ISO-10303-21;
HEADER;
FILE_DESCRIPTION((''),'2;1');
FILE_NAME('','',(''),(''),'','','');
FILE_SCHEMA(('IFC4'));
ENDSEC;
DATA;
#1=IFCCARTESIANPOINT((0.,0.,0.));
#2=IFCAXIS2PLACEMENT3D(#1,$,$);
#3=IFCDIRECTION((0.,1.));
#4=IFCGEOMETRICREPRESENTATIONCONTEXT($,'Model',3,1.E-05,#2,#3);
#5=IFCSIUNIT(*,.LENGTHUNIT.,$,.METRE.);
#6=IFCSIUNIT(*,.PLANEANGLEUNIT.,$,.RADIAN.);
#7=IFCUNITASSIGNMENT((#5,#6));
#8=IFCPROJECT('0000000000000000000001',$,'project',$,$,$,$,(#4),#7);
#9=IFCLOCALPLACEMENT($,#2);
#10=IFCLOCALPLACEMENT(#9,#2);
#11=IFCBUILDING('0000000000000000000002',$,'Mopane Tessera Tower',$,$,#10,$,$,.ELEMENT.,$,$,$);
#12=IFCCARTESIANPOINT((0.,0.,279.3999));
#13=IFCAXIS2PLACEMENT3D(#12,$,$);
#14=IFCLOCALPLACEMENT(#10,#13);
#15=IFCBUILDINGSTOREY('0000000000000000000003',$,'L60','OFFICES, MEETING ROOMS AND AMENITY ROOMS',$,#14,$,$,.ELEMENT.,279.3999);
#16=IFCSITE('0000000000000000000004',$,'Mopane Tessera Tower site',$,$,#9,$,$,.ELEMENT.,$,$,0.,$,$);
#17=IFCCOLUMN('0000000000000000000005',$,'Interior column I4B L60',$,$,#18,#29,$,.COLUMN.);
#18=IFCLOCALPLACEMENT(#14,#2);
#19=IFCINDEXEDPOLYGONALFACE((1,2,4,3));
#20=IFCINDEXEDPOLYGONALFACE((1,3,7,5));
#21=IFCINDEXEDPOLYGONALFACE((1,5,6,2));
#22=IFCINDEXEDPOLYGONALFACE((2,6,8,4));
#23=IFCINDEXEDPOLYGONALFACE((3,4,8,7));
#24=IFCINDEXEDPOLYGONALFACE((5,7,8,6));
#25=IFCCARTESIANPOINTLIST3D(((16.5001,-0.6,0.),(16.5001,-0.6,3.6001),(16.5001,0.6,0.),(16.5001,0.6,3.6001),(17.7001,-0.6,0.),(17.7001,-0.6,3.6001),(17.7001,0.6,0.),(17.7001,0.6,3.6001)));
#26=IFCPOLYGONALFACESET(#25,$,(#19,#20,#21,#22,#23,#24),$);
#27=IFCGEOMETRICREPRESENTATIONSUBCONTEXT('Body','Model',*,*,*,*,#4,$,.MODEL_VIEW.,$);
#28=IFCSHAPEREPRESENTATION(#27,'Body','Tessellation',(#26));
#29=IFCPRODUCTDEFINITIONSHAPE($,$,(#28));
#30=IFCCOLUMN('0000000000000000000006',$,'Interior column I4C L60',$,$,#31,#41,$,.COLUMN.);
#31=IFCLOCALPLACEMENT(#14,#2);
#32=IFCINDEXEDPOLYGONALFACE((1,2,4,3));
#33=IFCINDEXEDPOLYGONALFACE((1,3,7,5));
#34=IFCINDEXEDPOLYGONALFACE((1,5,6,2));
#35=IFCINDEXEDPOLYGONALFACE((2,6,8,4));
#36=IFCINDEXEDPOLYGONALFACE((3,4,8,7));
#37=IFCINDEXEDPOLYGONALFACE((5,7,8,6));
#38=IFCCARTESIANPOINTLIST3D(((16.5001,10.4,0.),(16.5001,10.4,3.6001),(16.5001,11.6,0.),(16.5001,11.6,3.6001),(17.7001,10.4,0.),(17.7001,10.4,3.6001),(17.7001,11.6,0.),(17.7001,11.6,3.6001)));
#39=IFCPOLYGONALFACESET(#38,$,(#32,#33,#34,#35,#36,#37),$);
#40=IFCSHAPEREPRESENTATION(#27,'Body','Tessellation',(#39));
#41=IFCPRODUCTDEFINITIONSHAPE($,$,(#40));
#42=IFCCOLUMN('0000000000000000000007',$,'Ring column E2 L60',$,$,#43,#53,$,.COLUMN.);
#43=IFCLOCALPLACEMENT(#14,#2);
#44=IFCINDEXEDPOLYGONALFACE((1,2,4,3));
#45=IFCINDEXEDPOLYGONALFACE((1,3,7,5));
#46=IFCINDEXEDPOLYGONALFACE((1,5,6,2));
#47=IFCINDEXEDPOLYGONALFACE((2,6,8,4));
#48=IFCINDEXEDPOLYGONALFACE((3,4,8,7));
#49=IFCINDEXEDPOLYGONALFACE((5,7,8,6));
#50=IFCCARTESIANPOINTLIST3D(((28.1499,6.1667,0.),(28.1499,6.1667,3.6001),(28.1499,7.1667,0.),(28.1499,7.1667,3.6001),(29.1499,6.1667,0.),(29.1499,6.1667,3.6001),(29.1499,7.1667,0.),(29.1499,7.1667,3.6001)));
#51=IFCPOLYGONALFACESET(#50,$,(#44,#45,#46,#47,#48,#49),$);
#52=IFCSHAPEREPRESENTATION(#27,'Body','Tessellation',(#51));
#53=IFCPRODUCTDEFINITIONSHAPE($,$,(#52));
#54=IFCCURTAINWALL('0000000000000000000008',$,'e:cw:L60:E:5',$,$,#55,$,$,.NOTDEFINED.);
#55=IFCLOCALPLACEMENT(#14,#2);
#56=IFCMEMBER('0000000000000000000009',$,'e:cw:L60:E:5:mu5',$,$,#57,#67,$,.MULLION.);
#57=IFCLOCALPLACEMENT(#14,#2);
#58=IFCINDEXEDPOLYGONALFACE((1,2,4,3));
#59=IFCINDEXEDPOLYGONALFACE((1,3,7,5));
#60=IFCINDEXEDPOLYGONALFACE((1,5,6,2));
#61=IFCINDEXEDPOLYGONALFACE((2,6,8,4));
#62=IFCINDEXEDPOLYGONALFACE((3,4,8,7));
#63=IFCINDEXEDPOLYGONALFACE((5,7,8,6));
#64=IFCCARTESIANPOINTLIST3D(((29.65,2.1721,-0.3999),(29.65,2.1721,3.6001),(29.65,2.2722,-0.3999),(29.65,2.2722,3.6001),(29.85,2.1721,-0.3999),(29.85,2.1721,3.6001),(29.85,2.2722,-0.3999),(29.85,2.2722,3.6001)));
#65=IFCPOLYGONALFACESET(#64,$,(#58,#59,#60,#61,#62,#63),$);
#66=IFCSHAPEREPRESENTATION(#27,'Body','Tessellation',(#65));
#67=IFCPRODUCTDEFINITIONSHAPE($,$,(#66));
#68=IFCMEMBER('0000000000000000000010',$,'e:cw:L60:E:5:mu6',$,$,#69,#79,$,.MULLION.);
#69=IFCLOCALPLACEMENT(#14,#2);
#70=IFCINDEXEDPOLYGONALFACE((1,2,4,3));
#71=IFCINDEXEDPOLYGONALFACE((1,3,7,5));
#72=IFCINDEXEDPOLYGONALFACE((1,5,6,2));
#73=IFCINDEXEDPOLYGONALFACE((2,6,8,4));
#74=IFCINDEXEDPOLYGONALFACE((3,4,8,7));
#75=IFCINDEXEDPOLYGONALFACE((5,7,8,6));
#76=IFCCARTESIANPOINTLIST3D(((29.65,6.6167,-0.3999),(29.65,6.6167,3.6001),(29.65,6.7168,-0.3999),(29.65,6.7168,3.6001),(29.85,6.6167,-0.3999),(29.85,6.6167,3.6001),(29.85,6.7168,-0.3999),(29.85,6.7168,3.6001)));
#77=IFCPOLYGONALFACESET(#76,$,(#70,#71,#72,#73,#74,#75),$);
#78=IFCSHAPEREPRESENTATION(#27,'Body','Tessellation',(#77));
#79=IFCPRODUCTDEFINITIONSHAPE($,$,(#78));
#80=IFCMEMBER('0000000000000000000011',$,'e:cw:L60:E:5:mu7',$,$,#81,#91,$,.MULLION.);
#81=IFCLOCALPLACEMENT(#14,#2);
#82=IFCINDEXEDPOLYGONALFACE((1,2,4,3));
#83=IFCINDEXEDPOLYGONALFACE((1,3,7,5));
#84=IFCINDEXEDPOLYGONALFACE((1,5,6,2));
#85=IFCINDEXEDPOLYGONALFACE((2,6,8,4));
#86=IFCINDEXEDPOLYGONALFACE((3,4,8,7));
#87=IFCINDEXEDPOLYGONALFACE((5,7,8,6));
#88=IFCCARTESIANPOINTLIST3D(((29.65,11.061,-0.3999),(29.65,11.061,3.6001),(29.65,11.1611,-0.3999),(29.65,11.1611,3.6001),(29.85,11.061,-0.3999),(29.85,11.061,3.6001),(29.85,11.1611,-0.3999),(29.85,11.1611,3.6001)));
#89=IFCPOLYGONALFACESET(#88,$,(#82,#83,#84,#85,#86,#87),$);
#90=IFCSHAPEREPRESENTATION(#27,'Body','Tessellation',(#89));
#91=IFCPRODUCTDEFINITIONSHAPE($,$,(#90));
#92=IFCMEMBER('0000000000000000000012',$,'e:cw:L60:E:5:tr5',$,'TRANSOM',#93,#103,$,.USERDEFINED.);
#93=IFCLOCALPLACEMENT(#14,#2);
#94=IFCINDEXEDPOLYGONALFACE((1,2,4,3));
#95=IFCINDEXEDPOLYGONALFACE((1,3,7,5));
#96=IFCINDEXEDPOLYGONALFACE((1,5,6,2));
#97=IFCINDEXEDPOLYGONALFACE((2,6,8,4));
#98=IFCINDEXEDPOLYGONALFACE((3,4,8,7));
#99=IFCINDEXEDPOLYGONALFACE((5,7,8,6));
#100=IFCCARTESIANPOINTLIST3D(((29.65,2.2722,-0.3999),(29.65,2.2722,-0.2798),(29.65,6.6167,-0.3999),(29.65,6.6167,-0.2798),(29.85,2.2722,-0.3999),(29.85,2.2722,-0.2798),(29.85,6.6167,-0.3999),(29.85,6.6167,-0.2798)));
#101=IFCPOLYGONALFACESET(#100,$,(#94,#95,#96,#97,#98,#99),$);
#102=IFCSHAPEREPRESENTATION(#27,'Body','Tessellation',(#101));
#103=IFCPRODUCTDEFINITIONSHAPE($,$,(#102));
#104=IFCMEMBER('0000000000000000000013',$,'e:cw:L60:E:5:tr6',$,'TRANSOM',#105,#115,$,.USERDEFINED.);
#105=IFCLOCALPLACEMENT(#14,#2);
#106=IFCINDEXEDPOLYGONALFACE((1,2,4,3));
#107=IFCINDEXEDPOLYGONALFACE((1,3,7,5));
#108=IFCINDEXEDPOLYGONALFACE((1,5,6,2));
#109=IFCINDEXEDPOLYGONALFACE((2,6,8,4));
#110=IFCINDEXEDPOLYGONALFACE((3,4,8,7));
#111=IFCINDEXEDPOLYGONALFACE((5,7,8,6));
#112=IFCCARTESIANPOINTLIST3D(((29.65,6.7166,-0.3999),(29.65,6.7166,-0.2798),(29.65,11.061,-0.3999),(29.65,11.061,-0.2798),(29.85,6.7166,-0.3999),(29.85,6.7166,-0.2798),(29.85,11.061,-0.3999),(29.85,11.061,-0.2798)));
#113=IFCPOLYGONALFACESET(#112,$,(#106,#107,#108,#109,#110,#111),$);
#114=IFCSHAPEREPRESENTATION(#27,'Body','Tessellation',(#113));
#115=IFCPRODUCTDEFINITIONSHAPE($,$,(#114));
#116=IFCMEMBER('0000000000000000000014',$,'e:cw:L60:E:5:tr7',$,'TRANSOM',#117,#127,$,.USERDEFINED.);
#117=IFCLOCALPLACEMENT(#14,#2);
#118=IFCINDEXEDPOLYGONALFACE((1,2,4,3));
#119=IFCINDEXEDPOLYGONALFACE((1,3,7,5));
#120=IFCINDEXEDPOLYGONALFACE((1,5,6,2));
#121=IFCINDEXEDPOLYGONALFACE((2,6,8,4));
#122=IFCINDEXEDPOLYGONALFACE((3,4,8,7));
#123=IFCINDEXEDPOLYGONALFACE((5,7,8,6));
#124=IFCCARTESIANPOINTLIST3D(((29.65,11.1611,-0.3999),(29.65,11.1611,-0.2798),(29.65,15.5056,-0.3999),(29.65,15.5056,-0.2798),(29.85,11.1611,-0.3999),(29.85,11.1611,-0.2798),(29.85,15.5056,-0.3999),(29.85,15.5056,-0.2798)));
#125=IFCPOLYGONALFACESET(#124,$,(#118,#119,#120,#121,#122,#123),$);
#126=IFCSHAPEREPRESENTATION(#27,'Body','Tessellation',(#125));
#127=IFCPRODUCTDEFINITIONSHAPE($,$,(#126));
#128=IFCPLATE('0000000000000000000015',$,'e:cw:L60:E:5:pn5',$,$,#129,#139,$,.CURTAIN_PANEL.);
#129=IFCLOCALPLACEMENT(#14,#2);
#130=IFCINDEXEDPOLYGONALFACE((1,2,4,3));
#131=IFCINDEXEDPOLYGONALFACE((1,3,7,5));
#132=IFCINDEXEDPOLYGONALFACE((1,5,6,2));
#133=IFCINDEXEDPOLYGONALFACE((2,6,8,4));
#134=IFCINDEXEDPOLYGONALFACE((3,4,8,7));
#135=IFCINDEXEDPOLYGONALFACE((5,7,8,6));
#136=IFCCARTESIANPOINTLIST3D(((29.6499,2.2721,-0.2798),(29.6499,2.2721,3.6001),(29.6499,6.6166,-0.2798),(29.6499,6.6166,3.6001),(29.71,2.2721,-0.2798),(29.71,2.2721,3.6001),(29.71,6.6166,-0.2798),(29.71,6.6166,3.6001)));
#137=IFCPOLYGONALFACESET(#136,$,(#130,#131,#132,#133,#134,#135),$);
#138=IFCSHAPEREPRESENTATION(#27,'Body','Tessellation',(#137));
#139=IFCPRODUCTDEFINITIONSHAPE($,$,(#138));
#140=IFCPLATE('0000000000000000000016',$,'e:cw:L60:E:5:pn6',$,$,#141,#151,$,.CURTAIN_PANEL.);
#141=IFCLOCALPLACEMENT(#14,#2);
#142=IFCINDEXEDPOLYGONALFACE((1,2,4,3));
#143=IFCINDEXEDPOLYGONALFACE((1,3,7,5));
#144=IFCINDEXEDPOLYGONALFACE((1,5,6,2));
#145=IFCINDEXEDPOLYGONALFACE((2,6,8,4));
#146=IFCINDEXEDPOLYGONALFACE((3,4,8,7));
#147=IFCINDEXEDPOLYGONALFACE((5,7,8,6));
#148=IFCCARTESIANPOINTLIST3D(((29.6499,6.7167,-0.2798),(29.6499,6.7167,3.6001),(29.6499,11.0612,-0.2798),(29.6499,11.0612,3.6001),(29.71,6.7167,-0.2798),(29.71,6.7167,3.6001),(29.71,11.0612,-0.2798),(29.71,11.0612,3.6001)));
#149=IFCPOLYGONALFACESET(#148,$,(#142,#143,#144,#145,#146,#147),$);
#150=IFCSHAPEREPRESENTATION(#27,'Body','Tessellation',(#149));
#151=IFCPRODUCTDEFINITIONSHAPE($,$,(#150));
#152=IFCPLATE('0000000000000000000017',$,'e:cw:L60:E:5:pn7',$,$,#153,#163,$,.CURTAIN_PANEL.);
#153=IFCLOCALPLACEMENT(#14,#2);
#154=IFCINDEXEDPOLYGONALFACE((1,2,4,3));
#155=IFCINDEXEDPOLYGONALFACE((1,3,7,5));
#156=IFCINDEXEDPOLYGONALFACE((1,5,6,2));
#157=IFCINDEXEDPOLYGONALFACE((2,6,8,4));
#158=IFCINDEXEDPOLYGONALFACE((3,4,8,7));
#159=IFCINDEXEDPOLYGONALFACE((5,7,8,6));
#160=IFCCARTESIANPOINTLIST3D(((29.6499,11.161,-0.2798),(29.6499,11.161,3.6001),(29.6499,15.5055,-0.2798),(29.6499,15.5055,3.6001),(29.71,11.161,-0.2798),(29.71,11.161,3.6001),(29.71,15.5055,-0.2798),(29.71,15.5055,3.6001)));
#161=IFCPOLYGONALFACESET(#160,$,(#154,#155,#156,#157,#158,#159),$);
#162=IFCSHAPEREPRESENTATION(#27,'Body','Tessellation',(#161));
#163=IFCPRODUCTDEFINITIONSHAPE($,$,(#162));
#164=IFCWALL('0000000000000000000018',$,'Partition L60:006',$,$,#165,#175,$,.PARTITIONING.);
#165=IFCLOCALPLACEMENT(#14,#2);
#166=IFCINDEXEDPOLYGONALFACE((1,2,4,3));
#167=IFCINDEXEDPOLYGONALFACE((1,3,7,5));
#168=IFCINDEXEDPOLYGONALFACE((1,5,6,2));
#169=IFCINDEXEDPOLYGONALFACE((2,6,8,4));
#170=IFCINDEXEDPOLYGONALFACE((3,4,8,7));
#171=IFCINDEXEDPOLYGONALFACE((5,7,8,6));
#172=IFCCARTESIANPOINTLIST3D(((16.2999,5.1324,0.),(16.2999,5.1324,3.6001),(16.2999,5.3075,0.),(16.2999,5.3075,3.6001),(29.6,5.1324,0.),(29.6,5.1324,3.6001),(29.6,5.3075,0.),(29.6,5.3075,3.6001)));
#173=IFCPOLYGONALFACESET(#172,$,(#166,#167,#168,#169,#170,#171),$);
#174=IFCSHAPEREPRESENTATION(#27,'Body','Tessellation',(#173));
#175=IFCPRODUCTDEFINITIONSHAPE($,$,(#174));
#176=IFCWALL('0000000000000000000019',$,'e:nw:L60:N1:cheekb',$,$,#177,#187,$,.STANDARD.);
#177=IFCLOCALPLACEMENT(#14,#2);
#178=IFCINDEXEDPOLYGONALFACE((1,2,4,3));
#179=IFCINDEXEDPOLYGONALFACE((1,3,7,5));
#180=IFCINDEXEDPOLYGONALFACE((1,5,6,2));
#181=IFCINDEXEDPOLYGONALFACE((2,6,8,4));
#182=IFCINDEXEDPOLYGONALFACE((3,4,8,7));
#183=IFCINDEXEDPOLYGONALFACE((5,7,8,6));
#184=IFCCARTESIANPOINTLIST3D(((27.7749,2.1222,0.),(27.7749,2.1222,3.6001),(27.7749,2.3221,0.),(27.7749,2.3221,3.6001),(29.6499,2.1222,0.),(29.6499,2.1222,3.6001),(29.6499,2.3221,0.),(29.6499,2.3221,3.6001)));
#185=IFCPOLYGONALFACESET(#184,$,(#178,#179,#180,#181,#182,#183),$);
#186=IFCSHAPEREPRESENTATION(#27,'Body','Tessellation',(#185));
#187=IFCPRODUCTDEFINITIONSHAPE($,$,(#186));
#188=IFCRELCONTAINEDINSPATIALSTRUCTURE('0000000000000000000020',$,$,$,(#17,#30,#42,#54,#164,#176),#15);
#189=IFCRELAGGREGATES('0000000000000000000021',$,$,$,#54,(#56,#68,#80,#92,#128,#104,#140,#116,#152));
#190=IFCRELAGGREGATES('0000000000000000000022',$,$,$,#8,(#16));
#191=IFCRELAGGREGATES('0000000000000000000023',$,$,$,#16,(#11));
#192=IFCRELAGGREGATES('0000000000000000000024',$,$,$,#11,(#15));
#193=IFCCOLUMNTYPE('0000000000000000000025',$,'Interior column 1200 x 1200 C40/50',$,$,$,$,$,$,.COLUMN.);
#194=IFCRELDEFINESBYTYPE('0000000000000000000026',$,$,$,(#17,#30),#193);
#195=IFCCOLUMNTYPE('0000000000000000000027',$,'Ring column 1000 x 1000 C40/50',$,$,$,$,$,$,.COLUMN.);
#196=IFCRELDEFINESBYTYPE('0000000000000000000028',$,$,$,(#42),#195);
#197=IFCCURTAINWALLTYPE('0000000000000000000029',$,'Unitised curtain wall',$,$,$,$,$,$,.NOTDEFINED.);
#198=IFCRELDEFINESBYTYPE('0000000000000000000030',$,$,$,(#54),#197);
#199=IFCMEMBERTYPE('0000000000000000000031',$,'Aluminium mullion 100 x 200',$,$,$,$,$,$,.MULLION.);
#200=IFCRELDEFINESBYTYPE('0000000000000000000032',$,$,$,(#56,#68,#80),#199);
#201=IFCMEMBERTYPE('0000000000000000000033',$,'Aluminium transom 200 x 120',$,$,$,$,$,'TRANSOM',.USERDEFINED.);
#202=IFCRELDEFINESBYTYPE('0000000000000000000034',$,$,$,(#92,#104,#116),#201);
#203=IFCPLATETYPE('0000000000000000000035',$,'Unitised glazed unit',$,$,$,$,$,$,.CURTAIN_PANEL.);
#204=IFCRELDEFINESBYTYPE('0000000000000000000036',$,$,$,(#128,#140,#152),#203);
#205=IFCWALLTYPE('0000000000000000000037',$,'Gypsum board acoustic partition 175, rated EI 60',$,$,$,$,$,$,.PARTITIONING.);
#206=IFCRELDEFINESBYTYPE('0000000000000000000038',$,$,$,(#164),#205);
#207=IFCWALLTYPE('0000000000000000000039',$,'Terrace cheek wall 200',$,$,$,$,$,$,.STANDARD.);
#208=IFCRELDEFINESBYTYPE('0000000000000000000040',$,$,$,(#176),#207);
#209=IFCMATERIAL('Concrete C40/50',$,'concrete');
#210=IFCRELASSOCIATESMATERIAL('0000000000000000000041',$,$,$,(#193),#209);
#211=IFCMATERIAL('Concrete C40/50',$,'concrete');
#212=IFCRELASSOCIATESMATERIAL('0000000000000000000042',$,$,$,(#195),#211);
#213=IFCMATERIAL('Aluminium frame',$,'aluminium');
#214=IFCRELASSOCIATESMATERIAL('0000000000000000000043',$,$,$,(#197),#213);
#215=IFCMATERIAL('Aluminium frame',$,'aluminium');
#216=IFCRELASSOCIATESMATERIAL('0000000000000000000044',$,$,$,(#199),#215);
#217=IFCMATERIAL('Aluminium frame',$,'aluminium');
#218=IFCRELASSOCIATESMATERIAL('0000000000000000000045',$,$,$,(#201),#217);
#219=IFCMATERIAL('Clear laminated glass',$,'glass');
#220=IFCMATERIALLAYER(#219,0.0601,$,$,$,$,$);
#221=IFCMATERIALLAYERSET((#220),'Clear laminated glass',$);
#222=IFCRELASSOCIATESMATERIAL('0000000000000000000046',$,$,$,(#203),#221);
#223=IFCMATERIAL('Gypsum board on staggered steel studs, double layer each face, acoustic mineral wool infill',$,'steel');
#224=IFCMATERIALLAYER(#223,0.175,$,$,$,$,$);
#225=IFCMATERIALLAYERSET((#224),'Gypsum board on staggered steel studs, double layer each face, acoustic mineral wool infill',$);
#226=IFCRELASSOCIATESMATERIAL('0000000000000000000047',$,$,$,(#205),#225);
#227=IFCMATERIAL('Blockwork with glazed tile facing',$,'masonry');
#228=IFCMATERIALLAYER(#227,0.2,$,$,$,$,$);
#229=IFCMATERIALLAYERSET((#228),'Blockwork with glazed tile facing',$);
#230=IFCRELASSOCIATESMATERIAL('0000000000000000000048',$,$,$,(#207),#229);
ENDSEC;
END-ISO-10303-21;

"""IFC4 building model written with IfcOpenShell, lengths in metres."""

from ifc_helpers import new_model, si_unit, direction, frame, frame_2d, origin, origin_2d, place, context, subcontext, project, spatial, rectangle, extrude, material, layer, layer_set, material_profile, profile_set, type_object, element, aggregate, save


model = new_model("IFC4")

# Units and contexts
model_context = context("Model", 3, precision=1e-05, world=origin(), true_north=direction((0.0, 1.0)))
body_context = subcontext(model_context, "Body", "Model", "MODEL_VIEW")
ifc_project = project(units=[si_unit("LENGTHUNIT", "METRE"), si_unit("PLANEANGLEUNIT", "RADIAN")], contexts=[model_context])

# Site, building, storey
site_placement = place(None, origin())
site = spatial("IfcSite", under=ifc_project, at=site_placement, Name="Mopane Tessera Tower site", CompositionType="ELEMENT", RefElevation=0.0)
building_placement = place(site_placement, origin())
building = spatial("IfcBuilding", under=site, at=building_placement, Name="Mopane Tessera Tower", CompositionType="ELEMENT")
storey_placement = place(building_placement, frame((0.0, 0.0, 279.3999)))
storey = spatial("IfcBuildingStorey", under=building, at=storey_placement, Name="L60", Description="OFFICES, MEETING ROOMS AND AMENITY ROOMS", CompositionType="ELEMENT", Elevation=279.3999)

# Columns
ifc_material_1 = material(Name="Concrete C40/50", Category="concrete")
ifc_material_profile_1 = material_profile(ifc_material_1, rectangle(XDim=1.2, YDim=1.2, at=origin_2d()))
ifc_profile_set_1 = profile_set([ifc_material_profile_1], Name="Concrete C40/50")
column_type_1 = type_object("IfcColumnType", Name="Interior column 1200 x 1200 C40/50", PredefinedType="COLUMN", material=ifc_profile_set_1)
for number, where, z_axis, x_axis, name in (
    (1, (17.1001, 0.0, 0.0), (0.0, 0.0, 1.0), (1.0, 0.0, 0.0), "Interior column I4B L60"),
    (2, (17.1001, 11.0, 0.0), (0.0, 0.0, 1.0), (1.0, 0.0, 0.0), "Interior column I4C L60"),
):
    element("IfcColumn", number, at=place(storey_placement, frame(where, z_axis=z_axis, x_axis=x_axis)), inside=storey, type_object=column_type_1, Name=name, PredefinedType="COLUMN", context=body_context, shape_type="SweptSolid", body=[
        extrude(rectangle(XDim=1.2, YDim=1.2, at=origin_2d()), origin(), (0.0, 0.0, 1.0), 3.6001),
    ])
ifc_material_2 = material(Name="Concrete C40/50", Category="concrete")
ifc_material_profile_2 = material_profile(ifc_material_2, rectangle(XDim=1.0, YDim=1.0, at=origin_2d()))
ifc_profile_set_2 = profile_set([ifc_material_profile_2], Name="Concrete C40/50")
column_type_2 = type_object("IfcColumnType", Name="Ring column 1000 x 1000 C40/50", PredefinedType="COLUMN", material=ifc_profile_set_2)
column_placement = place(storey_placement, frame((28.6499, 6.6667, 0.0), z_axis=(0.0, 0.0, 1.0), x_axis=(1.0, 0.0, 0.0)))
element("IfcColumn", 3, at=column_placement, inside=storey, type_object=column_type_2, Name="Ring column E2 L60", PredefinedType="COLUMN", context=body_context, shape_type="SweptSolid", body=[
    extrude(rectangle(XDim=1.0, YDim=1.0, at=origin_2d()), origin(), (0.0, 0.0, 1.0), 3.6001),
])

# Curtain wall, members, plates
ifc_material_3 = material(Name="Aluminium frame", Category="aluminium")
curtain_wall_type = type_object("IfcCurtainWallType", Name="Unitised curtain wall", PredefinedType="NOTDEFINED", material=ifc_material_3)
curtain_wall_placement = place(storey_placement, origin())
curtain_wall = element("IfcCurtainWall", 4, at=curtain_wall_placement, inside=storey, type_object=curtain_wall_type, Name="e:cw:L60:E:5", PredefinedType="NOTDEFINED")
ifc_material_4 = material(Name="Aluminium frame", Category="aluminium")
ifc_material_profile_3 = material_profile(ifc_material_4, rectangle(XDim=0.1001, YDim=0.2, at=origin_2d()))
ifc_profile_set_3 = profile_set([ifc_material_profile_3], Name="Aluminium frame")
member_type_1 = type_object("IfcMemberType", Name="Aluminium mullion 100 x 200", PredefinedType="MULLION", material=ifc_profile_set_3)
member_1_placement = place(storey_placement, frame((29.75, 2.2222, -0.3999), z_axis=(0.0, 0.0, 1.0), x_axis=(0.0, 1.0, 0.0)))
member_1 = element("IfcMember", 5, at=member_1_placement, type_object=member_type_1, Name="e:cw:L60:E:5:mu5", PredefinedType="MULLION", context=body_context, shape_type="SweptSolid", body=[
    extrude(rectangle(XDim=0.1001, YDim=0.2, at=origin_2d()), origin(), (0.0, 0.0, 1.0), 4.0),
])
member_2_placement = place(storey_placement, frame((29.75, 6.6667, -0.3999), z_axis=(0.0, 0.0, 1.0), x_axis=(0.0, 1.0, 0.0)))
member_2 = element("IfcMember", 6, at=member_2_placement, type_object=member_type_1, Name="e:cw:L60:E:5:mu6", PredefinedType="MULLION", context=body_context, shape_type="SweptSolid", body=[
    extrude(rectangle(XDim=0.1001, YDim=0.2, at=origin_2d()), origin(), (0.0, 0.0, 1.0), 4.0),
])
member_3_placement = place(storey_placement, frame((29.75, 11.1111, -0.3999), z_axis=(0.0, 0.0, 1.0), x_axis=(0.0, 1.0, 0.0)))
member_3 = element("IfcMember", 7, at=member_3_placement, type_object=member_type_1, Name="e:cw:L60:E:5:mu7", PredefinedType="MULLION", context=body_context, shape_type="SweptSolid", body=[
    extrude(rectangle(XDim=0.1001, YDim=0.2, at=origin_2d()), origin(), (0.0, 0.0, 1.0), 4.0),
])
ifc_material_5 = material(Name="Aluminium frame", Category="aluminium")
ifc_material_profile_4 = material_profile(ifc_material_5, rectangle(XDim=0.2, YDim=0.1201, at=origin_2d()))
ifc_profile_set_4 = profile_set([ifc_material_profile_4], Name="Aluminium frame")
member_type_2 = type_object("IfcMemberType", Name="Aluminium transom 200 x 120", ElementType="TRANSOM", PredefinedType="USERDEFINED", material=ifc_profile_set_4)
member_4_placement = place(storey_placement, frame((29.75, 2.2722, -0.3398), z_axis=(0.0, 1.0, 0.0), x_axis=(-1.0, 0.0, 0.0)))
member_4 = element("IfcMember", 8, at=member_4_placement, type_object=member_type_2, Name="e:cw:L60:E:5:tr5", ObjectType="TRANSOM", PredefinedType="USERDEFINED", context=body_context, shape_type="SweptSolid", body=[
    extrude(rectangle(XDim=0.2, YDim=0.1201, at=origin_2d()), origin(), (0.0, 0.0, 1.0), 4.3445),
])
member_5_placement = place(storey_placement, frame((29.75, 6.7166, -0.3398), z_axis=(0.0, 1.0, 0.0), x_axis=(-1.0, 0.0, 0.0)))
member_5 = element("IfcMember", 9, at=member_5_placement, type_object=member_type_2, Name="e:cw:L60:E:5:tr6", ObjectType="TRANSOM", PredefinedType="USERDEFINED", context=body_context, shape_type="SweptSolid", body=[
    extrude(rectangle(XDim=0.2, YDim=0.1201, at=origin_2d()), origin(), (0.0, 0.0, 1.0), 4.3445),
])
member_6_placement = place(storey_placement, frame((29.75, 11.1611, -0.3398), z_axis=(0.0, 1.0, 0.0), x_axis=(-1.0, 0.0, 0.0)))
member_6 = element("IfcMember", 10, at=member_6_placement, type_object=member_type_2, Name="e:cw:L60:E:5:tr7", ObjectType="TRANSOM", PredefinedType="USERDEFINED", context=body_context, shape_type="SweptSolid", body=[
    extrude(rectangle(XDim=0.2, YDim=0.1201, at=origin_2d()), origin(), (0.0, 0.0, 1.0), 4.3445),
])
ifc_material_6 = material(Name="Clear laminated glass", Category="glass")
ifc_layer_1 = layer(ifc_material_6, 0.0601)
ifc_layer_set_1 = layer_set([ifc_layer_1], Name="Clear laminated glass")
plate_type = type_object("IfcPlateType", Name="Unitised glazed unit", PredefinedType="CURTAIN_PANEL", material=ifc_layer_set_1)
plate_1_placement = place(storey_placement, frame((29.6799, 4.4443, -0.2798), z_axis=(0.0, 0.0, 1.0), x_axis=(0.0, 1.0, 0.0)))
plate_1 = element("IfcPlate", 11, at=plate_1_placement, type_object=plate_type, Name="e:cw:L60:E:5:pn5", PredefinedType="CURTAIN_PANEL", context=body_context, shape_type="SweptSolid", body=[
    extrude(rectangle(XDim=4.3445, YDim=0.0601, at=origin_2d()), origin(), (0.0, 0.0, 1.0), 3.8799),
])
plate_2_placement = place(storey_placement, frame((29.6799, 8.8889, -0.2798), z_axis=(0.0, 0.0, 1.0), x_axis=(0.0, 1.0, 0.0)))
plate_2 = element("IfcPlate", 12, at=plate_2_placement, type_object=plate_type, Name="e:cw:L60:E:5:pn6", PredefinedType="CURTAIN_PANEL", context=body_context, shape_type="SweptSolid", body=[
    extrude(rectangle(XDim=4.3445, YDim=0.0601, at=origin_2d()), origin(), (0.0, 0.0, 1.0), 3.8799),
])
plate_3_placement = place(storey_placement, frame((29.6799, 13.3333, -0.2798), z_axis=(0.0, 0.0, 1.0), x_axis=(0.0, 1.0, 0.0)))
plate_3 = element("IfcPlate", 13, at=plate_3_placement, type_object=plate_type, Name="e:cw:L60:E:5:pn7", PredefinedType="CURTAIN_PANEL", context=body_context, shape_type="SweptSolid", body=[
    extrude(rectangle(XDim=4.3445, YDim=0.0601, at=origin_2d()), origin(), (0.0, 0.0, 1.0), 3.8799),
])
aggregate(curtain_wall, [member_1, member_2, member_3, member_4, plate_1, member_5, plate_2, member_6, plate_3])

# Walls
ifc_material_7 = material(Name="Gypsum board on staggered steel studs, double layer each face, acoustic mineral wool infill", Category="steel")
ifc_layer_2 = layer(ifc_material_7, 0.175)
ifc_layer_set_2 = layer_set([ifc_layer_2], Name="Gypsum board on staggered steel studs, double layer each face, acoustic mineral wool infill")
wall_type_1 = type_object("IfcWallType", Name="Gypsum board acoustic partition 175, rated EI 60", PredefinedType="PARTITIONING", material=ifc_layer_set_2)
wall_1_placement = place(storey_placement, frame((16.3, 5.22, 0.0), z_axis=(0.0, 0.0, 1.0), x_axis=(1.0, 0.0, 0.0)))
element("IfcWall", 14, at=wall_1_placement, inside=storey, type_object=wall_type_1, Name="Partition L60:006", PredefinedType="PARTITIONING", context=body_context, shape_type="SweptSolid", body=[
    extrude(rectangle(XDim=13.3, YDim=0.175, at=frame_2d((6.6499, 0.0))), origin(), (0.0, 0.0, 1.0), 3.6001),
])
ifc_material_8 = material(Name="Blockwork with glazed tile facing", Category="masonry")
ifc_layer_3 = layer(ifc_material_8, 0.2)
ifc_layer_set_3 = layer_set([ifc_layer_3], Name="Blockwork with glazed tile facing")
wall_type_2 = type_object("IfcWallType", Name="Terrace cheek wall 200", PredefinedType="STANDARD", material=ifc_layer_set_3)
wall_2_placement = place(storey_placement, frame((29.6499, 2.2222, 0.0), z_axis=(0.0, 0.0, 1.0), x_axis=(-1.0, 0.0, 0.0)))
element("IfcWall", 15, at=wall_2_placement, inside=storey, type_object=wall_type_2, Name="e:nw:L60:N1:cheekb", PredefinedType="STANDARD", context=body_context, shape_type="SweptSolid", body=[
    extrude(rectangle(XDim=1.875, YDim=0.2, at=frame_2d((0.9375, 0.0))), origin(), (0.0, 0.0, 1.0), 3.6001),
])

save(model, "model.ifc")
